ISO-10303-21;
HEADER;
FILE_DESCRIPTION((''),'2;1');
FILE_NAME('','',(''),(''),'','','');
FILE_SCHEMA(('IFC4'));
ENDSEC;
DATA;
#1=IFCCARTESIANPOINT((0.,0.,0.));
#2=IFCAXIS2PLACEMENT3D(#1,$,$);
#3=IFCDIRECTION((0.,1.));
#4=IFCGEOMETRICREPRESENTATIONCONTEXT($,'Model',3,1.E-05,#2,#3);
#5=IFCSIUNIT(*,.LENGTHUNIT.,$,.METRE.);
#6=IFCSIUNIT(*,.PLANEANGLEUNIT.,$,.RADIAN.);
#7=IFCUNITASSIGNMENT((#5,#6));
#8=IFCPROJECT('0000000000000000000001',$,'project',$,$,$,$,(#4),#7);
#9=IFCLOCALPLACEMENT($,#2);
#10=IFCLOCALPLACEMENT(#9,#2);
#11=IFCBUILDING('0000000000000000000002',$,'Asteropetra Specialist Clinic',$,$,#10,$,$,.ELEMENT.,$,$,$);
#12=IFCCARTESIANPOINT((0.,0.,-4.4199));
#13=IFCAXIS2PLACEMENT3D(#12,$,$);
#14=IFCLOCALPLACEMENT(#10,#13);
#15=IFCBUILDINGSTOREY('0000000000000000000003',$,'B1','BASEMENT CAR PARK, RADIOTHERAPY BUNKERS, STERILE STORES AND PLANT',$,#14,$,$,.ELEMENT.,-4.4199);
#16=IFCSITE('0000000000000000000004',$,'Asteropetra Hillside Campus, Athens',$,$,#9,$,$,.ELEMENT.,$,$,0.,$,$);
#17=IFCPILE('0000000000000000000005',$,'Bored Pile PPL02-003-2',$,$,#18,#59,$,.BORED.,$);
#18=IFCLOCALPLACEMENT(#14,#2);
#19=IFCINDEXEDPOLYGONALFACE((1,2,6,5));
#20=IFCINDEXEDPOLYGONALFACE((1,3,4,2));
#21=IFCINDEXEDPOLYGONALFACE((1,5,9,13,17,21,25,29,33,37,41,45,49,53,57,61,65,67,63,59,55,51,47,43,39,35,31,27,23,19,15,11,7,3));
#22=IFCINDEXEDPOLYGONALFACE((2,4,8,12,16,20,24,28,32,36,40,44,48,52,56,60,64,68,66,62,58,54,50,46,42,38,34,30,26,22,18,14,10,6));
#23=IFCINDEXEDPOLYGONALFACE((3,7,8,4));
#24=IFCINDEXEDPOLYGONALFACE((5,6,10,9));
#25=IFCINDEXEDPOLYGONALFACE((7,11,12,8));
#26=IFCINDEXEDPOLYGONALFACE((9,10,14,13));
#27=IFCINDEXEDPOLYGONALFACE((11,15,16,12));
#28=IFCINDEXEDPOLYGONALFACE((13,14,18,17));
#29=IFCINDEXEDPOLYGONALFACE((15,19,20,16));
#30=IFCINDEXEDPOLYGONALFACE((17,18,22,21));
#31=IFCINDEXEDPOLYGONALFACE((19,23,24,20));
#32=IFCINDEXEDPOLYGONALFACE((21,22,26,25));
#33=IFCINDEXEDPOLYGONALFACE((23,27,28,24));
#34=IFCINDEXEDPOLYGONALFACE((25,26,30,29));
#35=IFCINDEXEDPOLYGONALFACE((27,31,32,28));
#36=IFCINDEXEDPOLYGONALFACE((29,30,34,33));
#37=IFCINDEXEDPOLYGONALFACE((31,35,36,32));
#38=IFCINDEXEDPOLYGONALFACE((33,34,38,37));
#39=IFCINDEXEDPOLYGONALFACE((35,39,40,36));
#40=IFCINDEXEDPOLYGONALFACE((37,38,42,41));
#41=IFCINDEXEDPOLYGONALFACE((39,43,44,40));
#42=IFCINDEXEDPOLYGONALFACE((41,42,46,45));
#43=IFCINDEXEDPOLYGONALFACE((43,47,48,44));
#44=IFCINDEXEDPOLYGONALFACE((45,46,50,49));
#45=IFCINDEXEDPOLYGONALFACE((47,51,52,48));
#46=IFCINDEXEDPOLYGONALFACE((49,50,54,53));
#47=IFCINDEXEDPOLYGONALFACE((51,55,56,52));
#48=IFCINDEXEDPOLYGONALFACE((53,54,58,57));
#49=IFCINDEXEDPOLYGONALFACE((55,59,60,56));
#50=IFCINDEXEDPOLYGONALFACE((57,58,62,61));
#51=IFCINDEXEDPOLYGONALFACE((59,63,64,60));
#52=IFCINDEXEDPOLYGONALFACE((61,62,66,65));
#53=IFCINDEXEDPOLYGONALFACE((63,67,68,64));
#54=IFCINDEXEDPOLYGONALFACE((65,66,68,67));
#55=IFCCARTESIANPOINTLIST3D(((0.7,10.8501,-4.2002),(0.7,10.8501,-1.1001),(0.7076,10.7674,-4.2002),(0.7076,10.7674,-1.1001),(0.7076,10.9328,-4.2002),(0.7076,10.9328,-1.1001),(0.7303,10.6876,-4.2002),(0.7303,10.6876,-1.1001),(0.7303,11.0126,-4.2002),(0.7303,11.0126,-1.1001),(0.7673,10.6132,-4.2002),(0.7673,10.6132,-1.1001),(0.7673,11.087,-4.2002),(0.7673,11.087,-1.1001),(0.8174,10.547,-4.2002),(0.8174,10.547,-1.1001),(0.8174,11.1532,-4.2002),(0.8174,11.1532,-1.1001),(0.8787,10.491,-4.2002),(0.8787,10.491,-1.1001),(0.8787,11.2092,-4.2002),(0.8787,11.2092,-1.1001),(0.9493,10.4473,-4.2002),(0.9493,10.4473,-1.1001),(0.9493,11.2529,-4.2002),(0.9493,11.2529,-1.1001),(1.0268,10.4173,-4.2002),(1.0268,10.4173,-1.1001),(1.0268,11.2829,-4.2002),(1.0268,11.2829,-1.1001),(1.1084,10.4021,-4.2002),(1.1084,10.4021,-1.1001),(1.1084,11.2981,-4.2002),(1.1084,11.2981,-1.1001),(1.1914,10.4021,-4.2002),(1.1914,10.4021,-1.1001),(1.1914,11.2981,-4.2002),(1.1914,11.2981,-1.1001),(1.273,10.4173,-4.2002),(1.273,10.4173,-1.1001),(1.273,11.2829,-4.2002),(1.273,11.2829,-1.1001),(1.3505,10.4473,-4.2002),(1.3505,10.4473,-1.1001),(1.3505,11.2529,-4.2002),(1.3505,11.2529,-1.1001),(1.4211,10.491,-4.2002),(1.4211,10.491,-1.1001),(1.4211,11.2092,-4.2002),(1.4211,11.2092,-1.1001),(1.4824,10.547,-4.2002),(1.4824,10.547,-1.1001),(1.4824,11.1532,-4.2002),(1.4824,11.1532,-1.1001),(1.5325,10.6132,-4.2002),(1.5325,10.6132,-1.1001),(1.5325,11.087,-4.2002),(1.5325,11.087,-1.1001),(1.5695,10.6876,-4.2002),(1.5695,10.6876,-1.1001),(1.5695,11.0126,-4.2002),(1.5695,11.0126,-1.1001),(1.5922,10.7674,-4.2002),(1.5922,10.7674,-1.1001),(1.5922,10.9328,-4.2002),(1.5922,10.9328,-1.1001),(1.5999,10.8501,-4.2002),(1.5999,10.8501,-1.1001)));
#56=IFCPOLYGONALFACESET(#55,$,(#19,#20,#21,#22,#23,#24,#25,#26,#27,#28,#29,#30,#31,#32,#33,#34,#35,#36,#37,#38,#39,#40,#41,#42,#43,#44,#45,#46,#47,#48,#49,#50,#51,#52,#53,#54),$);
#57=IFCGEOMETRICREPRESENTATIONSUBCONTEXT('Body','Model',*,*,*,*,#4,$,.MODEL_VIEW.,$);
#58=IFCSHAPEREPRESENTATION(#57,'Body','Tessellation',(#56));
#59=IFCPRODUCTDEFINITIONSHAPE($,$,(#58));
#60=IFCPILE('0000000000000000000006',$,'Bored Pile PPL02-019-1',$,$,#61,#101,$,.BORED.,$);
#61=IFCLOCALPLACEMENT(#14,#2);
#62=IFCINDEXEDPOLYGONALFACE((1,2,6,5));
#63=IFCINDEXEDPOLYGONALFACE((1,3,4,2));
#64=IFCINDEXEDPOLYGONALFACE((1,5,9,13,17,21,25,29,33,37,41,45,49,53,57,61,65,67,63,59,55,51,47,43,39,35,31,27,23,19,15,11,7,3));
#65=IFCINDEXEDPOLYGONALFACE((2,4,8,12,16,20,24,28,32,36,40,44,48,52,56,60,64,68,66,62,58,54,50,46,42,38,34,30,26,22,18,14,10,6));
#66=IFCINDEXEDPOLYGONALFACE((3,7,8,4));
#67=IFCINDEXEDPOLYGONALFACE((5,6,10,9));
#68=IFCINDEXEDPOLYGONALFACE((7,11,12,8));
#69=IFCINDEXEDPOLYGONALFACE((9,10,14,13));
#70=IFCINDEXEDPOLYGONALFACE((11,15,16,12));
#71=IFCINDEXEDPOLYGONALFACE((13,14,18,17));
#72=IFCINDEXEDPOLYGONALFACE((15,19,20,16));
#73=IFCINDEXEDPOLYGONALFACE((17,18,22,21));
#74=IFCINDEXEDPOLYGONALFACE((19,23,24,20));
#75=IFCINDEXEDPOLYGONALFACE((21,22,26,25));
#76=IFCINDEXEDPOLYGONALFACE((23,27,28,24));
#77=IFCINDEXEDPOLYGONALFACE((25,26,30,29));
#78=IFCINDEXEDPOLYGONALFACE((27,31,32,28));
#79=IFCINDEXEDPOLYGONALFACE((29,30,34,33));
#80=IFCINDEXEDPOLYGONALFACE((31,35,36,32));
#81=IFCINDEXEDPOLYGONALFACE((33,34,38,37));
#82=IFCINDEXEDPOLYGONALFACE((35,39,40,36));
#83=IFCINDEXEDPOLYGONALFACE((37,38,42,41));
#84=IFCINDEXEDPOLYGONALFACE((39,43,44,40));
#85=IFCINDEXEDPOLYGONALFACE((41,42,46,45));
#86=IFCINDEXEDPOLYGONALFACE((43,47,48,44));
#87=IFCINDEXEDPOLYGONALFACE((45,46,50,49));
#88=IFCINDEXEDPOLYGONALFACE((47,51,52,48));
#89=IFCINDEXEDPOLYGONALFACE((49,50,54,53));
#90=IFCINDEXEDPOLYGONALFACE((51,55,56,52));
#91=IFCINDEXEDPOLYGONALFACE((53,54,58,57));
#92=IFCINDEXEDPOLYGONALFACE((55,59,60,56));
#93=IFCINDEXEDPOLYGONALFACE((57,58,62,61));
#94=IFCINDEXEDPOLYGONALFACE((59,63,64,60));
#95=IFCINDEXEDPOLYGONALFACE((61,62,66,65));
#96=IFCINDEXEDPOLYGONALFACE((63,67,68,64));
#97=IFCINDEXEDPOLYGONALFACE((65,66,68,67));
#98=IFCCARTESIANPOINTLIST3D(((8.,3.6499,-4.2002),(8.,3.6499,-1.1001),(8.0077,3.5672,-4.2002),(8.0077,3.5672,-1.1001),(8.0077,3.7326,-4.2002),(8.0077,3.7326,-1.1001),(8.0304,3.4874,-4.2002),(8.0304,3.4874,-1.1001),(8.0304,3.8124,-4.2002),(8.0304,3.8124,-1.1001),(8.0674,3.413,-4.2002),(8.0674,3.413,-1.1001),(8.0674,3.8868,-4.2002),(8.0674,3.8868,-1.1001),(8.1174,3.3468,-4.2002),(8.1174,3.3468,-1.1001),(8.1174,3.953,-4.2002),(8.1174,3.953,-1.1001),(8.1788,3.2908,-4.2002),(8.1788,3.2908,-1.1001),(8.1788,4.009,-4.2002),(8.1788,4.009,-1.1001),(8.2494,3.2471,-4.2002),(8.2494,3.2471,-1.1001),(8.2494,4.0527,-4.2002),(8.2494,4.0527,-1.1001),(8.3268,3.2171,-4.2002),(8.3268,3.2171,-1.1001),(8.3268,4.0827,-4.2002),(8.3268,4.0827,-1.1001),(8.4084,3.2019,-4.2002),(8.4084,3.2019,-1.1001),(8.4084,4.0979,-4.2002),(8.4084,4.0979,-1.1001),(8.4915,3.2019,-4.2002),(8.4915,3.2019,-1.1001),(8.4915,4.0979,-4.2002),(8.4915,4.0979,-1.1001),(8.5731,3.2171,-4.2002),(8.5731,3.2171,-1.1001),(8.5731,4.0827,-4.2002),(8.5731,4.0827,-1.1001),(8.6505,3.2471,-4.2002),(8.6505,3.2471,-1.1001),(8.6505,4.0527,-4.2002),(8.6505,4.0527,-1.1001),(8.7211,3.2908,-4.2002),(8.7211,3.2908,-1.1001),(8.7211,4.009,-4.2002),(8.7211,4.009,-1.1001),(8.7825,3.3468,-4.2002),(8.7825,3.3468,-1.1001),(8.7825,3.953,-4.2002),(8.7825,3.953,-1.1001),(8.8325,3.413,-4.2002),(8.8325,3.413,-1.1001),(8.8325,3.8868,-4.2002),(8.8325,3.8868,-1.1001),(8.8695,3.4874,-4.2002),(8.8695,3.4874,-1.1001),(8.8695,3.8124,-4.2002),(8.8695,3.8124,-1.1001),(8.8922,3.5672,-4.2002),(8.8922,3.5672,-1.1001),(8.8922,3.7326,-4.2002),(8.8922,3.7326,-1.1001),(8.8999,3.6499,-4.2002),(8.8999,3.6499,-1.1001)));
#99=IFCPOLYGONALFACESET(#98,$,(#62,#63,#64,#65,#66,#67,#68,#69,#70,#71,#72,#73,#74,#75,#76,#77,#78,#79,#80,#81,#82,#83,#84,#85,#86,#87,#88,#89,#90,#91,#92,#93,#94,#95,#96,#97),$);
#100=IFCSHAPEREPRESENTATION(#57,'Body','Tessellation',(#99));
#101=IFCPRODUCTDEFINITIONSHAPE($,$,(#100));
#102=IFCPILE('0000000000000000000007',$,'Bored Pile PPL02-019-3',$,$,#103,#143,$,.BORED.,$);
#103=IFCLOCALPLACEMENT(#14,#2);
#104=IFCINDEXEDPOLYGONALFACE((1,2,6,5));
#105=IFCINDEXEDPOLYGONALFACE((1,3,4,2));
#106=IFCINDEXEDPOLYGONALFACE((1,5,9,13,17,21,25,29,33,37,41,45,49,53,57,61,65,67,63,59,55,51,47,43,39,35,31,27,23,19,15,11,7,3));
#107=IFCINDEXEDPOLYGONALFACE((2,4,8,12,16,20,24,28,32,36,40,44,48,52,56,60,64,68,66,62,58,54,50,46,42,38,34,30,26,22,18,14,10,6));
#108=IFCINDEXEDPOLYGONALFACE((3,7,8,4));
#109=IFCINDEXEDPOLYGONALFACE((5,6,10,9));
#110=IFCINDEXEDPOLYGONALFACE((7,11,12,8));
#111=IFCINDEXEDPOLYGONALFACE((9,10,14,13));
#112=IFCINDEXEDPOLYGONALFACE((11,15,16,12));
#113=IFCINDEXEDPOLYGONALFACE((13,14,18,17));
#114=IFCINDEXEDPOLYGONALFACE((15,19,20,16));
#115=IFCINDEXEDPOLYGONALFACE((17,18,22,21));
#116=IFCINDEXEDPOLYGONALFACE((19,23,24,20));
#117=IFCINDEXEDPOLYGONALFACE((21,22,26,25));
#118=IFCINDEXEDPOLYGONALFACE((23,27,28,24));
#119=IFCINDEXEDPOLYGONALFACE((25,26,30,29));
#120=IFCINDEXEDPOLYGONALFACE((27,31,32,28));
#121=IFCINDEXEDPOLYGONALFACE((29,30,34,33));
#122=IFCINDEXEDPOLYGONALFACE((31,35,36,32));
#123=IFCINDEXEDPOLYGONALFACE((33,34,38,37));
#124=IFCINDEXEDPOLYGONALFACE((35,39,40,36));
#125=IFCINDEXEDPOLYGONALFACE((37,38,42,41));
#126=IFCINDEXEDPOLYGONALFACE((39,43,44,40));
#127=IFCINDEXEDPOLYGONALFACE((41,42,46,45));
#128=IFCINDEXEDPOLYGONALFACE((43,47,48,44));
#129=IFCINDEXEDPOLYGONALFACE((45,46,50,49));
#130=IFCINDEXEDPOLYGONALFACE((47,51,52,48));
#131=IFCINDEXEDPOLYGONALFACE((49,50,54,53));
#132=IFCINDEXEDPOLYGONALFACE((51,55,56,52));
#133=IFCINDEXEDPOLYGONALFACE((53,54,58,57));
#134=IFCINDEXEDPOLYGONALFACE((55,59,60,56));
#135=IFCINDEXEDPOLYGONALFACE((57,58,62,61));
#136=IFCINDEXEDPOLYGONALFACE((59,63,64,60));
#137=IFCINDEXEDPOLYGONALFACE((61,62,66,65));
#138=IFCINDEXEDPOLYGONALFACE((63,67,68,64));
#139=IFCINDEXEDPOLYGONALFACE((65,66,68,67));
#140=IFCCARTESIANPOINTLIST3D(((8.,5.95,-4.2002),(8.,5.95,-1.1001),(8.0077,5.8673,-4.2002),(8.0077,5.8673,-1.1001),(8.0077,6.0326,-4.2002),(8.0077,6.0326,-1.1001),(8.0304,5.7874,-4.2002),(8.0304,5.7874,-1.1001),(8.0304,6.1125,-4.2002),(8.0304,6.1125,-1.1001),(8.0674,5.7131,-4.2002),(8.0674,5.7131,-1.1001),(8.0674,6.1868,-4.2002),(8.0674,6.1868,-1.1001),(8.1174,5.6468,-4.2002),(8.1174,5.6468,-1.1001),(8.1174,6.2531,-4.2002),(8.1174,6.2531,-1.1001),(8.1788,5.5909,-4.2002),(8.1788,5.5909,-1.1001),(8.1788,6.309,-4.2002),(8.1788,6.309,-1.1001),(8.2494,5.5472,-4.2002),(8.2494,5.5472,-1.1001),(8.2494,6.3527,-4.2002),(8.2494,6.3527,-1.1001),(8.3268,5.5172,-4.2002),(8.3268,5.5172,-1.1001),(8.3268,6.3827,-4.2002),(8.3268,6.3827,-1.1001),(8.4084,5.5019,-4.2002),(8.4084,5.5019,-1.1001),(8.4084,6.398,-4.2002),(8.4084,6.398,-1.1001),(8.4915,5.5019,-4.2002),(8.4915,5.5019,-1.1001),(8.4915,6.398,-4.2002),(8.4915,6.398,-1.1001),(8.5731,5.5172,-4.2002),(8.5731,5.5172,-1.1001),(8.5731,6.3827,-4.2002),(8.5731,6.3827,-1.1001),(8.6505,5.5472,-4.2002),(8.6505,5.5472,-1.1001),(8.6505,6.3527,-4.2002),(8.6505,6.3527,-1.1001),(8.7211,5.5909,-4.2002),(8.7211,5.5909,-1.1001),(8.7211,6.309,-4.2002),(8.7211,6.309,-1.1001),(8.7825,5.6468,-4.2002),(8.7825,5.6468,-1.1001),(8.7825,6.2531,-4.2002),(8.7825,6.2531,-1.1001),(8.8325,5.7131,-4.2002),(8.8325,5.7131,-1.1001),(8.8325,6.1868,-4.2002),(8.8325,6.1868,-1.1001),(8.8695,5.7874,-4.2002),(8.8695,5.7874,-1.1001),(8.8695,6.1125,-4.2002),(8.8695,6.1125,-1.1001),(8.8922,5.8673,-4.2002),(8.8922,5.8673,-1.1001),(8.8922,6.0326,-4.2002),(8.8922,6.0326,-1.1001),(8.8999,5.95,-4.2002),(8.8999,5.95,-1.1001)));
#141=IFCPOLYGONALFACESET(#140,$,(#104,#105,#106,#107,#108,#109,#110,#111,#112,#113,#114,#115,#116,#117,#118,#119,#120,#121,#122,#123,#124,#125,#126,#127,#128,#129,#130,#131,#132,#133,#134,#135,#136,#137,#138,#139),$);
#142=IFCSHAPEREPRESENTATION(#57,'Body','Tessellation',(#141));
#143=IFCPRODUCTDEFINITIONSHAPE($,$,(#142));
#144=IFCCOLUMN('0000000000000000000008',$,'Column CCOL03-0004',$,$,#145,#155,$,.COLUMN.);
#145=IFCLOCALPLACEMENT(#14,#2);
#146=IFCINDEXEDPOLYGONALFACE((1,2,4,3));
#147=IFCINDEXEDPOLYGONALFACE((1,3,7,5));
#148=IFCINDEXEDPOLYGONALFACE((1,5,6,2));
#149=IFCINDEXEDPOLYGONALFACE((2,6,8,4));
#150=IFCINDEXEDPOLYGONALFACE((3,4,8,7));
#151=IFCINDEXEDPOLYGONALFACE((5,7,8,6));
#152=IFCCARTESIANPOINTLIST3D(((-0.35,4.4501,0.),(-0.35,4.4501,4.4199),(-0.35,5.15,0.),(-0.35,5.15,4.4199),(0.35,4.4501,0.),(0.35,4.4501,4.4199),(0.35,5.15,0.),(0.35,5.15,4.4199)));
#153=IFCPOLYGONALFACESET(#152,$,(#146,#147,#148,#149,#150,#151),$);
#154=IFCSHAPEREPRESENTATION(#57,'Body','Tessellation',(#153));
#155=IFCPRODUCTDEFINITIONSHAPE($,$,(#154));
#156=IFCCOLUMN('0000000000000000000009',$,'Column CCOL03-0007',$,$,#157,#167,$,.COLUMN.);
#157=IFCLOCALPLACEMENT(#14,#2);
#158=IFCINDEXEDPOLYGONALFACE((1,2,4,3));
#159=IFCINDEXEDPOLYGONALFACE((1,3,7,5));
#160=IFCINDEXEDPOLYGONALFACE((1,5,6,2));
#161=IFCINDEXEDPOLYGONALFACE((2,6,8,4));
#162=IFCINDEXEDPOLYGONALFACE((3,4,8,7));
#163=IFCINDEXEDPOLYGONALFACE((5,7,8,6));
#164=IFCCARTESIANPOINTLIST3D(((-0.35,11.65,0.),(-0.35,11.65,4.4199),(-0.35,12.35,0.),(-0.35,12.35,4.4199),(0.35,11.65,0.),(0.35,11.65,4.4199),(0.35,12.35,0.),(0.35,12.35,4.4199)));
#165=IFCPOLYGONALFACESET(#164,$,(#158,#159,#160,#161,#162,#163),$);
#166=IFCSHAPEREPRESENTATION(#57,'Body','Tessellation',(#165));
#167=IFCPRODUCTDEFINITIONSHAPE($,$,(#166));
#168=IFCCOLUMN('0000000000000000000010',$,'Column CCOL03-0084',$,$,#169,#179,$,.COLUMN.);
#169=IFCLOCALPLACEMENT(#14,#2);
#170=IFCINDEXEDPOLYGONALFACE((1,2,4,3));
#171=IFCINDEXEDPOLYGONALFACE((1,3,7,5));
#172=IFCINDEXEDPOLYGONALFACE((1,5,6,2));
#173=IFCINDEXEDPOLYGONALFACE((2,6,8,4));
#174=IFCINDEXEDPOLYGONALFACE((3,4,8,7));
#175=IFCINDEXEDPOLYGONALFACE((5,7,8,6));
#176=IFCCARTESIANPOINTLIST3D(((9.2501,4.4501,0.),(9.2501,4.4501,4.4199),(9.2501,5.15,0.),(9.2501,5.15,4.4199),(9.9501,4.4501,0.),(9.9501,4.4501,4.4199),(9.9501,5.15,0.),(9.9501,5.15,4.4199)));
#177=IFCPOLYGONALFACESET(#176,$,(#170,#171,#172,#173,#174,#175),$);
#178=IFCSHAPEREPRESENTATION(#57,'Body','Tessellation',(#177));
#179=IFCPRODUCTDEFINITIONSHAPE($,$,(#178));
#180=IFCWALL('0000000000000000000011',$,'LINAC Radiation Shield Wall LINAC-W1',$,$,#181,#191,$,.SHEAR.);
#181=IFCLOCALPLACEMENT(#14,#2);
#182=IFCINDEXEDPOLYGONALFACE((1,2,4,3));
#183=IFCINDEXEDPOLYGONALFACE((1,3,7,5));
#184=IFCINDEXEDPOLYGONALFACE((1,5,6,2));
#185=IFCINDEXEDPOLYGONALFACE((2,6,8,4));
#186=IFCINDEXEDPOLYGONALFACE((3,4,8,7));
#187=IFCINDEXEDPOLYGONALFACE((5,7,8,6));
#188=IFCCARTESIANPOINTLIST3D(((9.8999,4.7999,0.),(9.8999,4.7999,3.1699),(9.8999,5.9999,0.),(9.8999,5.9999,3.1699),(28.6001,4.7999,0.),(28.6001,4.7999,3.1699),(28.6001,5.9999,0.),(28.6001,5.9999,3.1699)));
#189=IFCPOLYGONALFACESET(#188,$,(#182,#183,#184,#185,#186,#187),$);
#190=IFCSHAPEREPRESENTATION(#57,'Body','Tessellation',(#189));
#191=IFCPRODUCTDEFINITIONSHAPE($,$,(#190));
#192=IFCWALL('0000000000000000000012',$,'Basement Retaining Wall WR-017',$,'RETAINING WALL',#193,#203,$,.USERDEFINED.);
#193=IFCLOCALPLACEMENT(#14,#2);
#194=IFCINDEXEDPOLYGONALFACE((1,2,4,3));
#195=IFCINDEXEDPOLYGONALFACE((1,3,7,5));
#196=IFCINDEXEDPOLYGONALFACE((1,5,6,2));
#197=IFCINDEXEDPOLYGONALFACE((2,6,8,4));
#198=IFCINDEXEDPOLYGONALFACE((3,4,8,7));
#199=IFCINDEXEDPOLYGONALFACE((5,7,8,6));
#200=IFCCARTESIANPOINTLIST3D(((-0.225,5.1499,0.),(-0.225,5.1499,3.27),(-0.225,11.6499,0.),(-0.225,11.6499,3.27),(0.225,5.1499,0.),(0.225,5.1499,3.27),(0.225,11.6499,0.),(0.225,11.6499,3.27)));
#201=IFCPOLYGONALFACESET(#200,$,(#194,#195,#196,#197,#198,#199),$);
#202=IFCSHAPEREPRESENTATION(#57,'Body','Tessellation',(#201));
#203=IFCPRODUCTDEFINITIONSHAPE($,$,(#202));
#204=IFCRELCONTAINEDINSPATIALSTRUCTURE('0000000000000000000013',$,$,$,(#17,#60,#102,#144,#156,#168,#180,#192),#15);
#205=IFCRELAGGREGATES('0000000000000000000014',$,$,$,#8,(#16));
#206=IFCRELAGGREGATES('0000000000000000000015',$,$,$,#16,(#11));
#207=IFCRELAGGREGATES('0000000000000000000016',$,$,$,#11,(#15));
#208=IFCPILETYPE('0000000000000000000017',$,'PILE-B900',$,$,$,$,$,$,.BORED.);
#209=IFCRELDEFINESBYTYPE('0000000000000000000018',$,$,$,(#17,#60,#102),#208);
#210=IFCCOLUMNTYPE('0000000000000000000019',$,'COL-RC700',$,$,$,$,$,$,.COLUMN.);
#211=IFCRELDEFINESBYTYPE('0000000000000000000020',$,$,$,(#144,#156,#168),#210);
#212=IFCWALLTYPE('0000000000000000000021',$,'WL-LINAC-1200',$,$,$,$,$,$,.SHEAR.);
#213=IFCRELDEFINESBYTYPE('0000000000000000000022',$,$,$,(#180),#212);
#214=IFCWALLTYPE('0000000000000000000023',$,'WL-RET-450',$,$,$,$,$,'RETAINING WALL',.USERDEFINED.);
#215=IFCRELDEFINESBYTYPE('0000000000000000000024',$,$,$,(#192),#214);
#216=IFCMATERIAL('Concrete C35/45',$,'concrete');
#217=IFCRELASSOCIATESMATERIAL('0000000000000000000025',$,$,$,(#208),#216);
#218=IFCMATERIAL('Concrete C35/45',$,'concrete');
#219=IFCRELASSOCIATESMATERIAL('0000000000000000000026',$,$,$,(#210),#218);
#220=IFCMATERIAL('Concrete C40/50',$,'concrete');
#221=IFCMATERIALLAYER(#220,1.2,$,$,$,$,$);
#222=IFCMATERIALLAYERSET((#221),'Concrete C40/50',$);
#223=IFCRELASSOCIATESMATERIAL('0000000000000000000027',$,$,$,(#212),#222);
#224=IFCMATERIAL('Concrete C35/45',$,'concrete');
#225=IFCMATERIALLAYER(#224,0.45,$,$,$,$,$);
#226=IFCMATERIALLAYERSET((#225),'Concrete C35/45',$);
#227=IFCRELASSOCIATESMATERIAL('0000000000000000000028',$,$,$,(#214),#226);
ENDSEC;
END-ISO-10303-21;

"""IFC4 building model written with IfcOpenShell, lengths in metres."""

from ifc_helpers import new_model, si_unit, direction, frame, frame_2d, origin, origin_2d, place, context, subcontext, project, spatial, rectangle, circle, extrude, material, layer, layer_set, material_profile, profile_set, type_object, element, save


model = new_model("IFC4")

# Units and contexts
model_context = context("Model", 3, precision=1e-05, world=origin(), true_north=direction((0.0, 1.0)))
body_context = subcontext(model_context, "Body", "Model", "MODEL_VIEW")
ifc_project = project(units=[si_unit("LENGTHUNIT", "METRE"), si_unit("PLANEANGLEUNIT", "RADIAN")], contexts=[model_context])

# Site, building, storey
site_placement = place(None, origin())
site = spatial("IfcSite", under=ifc_project, at=site_placement, Name="Asteropetra Hillside Campus, Athens", CompositionType="ELEMENT", RefElevation=0.0)
building_placement = place(site_placement, origin())
building = spatial("IfcBuilding", under=site, at=building_placement, Name="Asteropetra Specialist Clinic", CompositionType="ELEMENT")
storey_placement = place(building_placement, frame((0.0, 0.0, -4.4199)))
storey = spatial("IfcBuildingStorey", under=building, at=storey_placement, Name="B1", Description="BASEMENT CAR PARK, RADIOTHERAPY BUNKERS, STERILE STORES AND PLANT", CompositionType="ELEMENT", Elevation=-4.4199)

# Piles
ifc_material_1 = material(Name="Concrete C35/45", Category="concrete")
ifc_material_profile_1 = material_profile(ifc_material_1, circle(Radius=0.45, at=origin_2d()), Name="PILE D900")
ifc_profile_set_1 = profile_set([ifc_material_profile_1], Name="Concrete C35/45")
pile_type_1 = type_object("IfcPileType", Name="PILE-B900", PredefinedType="BORED", material=ifc_profile_set_1)
for number, where, z_axis, x_axis, name in (
    (1, (1.1499, 10.8501, -1.1001), (0.0, 0.0, -1.0), (1.0, 0.0, 0.0), "Bored Pile PPL02-003-2"),
    (2, (8.45, 3.6499, -1.1001), (0.0, 0.0, -1.0), (1.0, 0.0, 0.0), "Bored Pile PPL02-019-1"),
    (3, (8.45, 5.95, -1.1001), (0.0, 0.0, -1.0), (1.0, 0.0, 0.0), "Bored Pile PPL02-019-3"),
):
    element("IfcPile", number, at=place(storey_placement, frame(where, z_axis=z_axis, x_axis=x_axis)), inside=storey, type_object=pile_type_1, Name=name, PredefinedType="BORED", context=body_context, shape_type="SweptSolid", body=[
        extrude(circle(Radius=0.45, at=origin_2d()), origin(), (0.0, 0.0, 1.0), 3.1001),
    ])

# Columns
ifc_material_2 = material(Name="Concrete C35/45", Category="concrete")
ifc_material_profile_2 = material_profile(ifc_material_2, rectangle(XDim=0.7, YDim=0.7, at=origin_2d()), Name="RC 700x700")
ifc_profile_set_2 = profile_set([ifc_material_profile_2], Name="Concrete C35/45")
column_type = type_object("IfcColumnType", Name="COL-RC700", PredefinedType="COLUMN", material=ifc_profile_set_2)
for number, where, z_axis, x_axis, name in (
    (4, (0.0, 4.8, 0.0), (0.0, 0.0, 1.0), (1.0, 0.0, 0.0), "Column CCOL03-0004"),
    (5, (0.0, 12.0, 0.0), (0.0, 0.0, 1.0), (1.0, 0.0, 0.0), "Column CCOL03-0007"),
    (6, (9.6001, 4.8, 0.0), (0.0, 0.0, 1.0), (1.0, 0.0, 0.0), "Column CCOL03-0084"),
):
    element("IfcColumn", number, at=place(storey_placement, frame(where, z_axis=z_axis, x_axis=x_axis)), inside=storey, type_object=column_type, Name=name, PredefinedType="COLUMN", context=body_context, shape_type="SweptSolid", body=[
        extrude(rectangle(XDim=0.7, YDim=0.7, at=origin_2d()), origin(), (0.0, 0.0, 1.0), 4.4199),
    ])

# Walls
ifc_material_3 = material(Name="Concrete C40/50", Category="concrete")
ifc_layer_1 = layer(ifc_material_3, 1.2)
ifc_layer_set_1 = layer_set([ifc_layer_1], Name="Concrete C40/50")
wall_type_1 = type_object("IfcWallType", Name="WL-LINAC-1200", PredefinedType="SHEAR", material=ifc_layer_set_1)
wall_1_placement = place(storey_placement, frame((9.8999, 5.3999, 0.0), z_axis=(0.0, 0.0, 1.0), x_axis=(1.0, 0.0, 0.0)))
element("IfcWall", 7, at=wall_1_placement, inside=storey, type_object=wall_type_1, Name="LINAC Radiation Shield Wall LINAC-W1", PredefinedType="SHEAR", context=body_context, shape_type="SweptSolid", body=[
    extrude(rectangle(XDim=18.7002, YDim=1.2, at=frame_2d((9.3501, 0.0))), origin(), (0.0, 0.0, 1.0), 3.1699),
])
ifc_material_4 = material(Name="Concrete C35/45", Category="concrete")
ifc_layer_2 = layer(ifc_material_4, 0.45)
ifc_layer_set_2 = layer_set([ifc_layer_2], Name="Concrete C35/45")
wall_type_2 = type_object("IfcWallType", Name="WL-RET-450", ElementType="RETAINING WALL", PredefinedType="USERDEFINED", material=ifc_layer_set_2)
wall_2_placement = place(storey_placement, frame((0.0, 5.1499, 0.0), z_axis=(0.0, 0.0, 1.0), x_axis=(0.0, 1.0, 0.0)))
element("IfcWall", 8, at=wall_2_placement, inside=storey, type_object=wall_type_2, Name="Basement Retaining Wall WR-017", ObjectType="RETAINING WALL", PredefinedType="USERDEFINED", context=body_context, shape_type="SweptSolid", body=[
    extrude(rectangle(XDim=6.5, YDim=0.45, at=frame_2d((3.25, 0.0))), origin(), (0.0, 0.0, 1.0), 3.27),
])

save(model, "model.ifc")
